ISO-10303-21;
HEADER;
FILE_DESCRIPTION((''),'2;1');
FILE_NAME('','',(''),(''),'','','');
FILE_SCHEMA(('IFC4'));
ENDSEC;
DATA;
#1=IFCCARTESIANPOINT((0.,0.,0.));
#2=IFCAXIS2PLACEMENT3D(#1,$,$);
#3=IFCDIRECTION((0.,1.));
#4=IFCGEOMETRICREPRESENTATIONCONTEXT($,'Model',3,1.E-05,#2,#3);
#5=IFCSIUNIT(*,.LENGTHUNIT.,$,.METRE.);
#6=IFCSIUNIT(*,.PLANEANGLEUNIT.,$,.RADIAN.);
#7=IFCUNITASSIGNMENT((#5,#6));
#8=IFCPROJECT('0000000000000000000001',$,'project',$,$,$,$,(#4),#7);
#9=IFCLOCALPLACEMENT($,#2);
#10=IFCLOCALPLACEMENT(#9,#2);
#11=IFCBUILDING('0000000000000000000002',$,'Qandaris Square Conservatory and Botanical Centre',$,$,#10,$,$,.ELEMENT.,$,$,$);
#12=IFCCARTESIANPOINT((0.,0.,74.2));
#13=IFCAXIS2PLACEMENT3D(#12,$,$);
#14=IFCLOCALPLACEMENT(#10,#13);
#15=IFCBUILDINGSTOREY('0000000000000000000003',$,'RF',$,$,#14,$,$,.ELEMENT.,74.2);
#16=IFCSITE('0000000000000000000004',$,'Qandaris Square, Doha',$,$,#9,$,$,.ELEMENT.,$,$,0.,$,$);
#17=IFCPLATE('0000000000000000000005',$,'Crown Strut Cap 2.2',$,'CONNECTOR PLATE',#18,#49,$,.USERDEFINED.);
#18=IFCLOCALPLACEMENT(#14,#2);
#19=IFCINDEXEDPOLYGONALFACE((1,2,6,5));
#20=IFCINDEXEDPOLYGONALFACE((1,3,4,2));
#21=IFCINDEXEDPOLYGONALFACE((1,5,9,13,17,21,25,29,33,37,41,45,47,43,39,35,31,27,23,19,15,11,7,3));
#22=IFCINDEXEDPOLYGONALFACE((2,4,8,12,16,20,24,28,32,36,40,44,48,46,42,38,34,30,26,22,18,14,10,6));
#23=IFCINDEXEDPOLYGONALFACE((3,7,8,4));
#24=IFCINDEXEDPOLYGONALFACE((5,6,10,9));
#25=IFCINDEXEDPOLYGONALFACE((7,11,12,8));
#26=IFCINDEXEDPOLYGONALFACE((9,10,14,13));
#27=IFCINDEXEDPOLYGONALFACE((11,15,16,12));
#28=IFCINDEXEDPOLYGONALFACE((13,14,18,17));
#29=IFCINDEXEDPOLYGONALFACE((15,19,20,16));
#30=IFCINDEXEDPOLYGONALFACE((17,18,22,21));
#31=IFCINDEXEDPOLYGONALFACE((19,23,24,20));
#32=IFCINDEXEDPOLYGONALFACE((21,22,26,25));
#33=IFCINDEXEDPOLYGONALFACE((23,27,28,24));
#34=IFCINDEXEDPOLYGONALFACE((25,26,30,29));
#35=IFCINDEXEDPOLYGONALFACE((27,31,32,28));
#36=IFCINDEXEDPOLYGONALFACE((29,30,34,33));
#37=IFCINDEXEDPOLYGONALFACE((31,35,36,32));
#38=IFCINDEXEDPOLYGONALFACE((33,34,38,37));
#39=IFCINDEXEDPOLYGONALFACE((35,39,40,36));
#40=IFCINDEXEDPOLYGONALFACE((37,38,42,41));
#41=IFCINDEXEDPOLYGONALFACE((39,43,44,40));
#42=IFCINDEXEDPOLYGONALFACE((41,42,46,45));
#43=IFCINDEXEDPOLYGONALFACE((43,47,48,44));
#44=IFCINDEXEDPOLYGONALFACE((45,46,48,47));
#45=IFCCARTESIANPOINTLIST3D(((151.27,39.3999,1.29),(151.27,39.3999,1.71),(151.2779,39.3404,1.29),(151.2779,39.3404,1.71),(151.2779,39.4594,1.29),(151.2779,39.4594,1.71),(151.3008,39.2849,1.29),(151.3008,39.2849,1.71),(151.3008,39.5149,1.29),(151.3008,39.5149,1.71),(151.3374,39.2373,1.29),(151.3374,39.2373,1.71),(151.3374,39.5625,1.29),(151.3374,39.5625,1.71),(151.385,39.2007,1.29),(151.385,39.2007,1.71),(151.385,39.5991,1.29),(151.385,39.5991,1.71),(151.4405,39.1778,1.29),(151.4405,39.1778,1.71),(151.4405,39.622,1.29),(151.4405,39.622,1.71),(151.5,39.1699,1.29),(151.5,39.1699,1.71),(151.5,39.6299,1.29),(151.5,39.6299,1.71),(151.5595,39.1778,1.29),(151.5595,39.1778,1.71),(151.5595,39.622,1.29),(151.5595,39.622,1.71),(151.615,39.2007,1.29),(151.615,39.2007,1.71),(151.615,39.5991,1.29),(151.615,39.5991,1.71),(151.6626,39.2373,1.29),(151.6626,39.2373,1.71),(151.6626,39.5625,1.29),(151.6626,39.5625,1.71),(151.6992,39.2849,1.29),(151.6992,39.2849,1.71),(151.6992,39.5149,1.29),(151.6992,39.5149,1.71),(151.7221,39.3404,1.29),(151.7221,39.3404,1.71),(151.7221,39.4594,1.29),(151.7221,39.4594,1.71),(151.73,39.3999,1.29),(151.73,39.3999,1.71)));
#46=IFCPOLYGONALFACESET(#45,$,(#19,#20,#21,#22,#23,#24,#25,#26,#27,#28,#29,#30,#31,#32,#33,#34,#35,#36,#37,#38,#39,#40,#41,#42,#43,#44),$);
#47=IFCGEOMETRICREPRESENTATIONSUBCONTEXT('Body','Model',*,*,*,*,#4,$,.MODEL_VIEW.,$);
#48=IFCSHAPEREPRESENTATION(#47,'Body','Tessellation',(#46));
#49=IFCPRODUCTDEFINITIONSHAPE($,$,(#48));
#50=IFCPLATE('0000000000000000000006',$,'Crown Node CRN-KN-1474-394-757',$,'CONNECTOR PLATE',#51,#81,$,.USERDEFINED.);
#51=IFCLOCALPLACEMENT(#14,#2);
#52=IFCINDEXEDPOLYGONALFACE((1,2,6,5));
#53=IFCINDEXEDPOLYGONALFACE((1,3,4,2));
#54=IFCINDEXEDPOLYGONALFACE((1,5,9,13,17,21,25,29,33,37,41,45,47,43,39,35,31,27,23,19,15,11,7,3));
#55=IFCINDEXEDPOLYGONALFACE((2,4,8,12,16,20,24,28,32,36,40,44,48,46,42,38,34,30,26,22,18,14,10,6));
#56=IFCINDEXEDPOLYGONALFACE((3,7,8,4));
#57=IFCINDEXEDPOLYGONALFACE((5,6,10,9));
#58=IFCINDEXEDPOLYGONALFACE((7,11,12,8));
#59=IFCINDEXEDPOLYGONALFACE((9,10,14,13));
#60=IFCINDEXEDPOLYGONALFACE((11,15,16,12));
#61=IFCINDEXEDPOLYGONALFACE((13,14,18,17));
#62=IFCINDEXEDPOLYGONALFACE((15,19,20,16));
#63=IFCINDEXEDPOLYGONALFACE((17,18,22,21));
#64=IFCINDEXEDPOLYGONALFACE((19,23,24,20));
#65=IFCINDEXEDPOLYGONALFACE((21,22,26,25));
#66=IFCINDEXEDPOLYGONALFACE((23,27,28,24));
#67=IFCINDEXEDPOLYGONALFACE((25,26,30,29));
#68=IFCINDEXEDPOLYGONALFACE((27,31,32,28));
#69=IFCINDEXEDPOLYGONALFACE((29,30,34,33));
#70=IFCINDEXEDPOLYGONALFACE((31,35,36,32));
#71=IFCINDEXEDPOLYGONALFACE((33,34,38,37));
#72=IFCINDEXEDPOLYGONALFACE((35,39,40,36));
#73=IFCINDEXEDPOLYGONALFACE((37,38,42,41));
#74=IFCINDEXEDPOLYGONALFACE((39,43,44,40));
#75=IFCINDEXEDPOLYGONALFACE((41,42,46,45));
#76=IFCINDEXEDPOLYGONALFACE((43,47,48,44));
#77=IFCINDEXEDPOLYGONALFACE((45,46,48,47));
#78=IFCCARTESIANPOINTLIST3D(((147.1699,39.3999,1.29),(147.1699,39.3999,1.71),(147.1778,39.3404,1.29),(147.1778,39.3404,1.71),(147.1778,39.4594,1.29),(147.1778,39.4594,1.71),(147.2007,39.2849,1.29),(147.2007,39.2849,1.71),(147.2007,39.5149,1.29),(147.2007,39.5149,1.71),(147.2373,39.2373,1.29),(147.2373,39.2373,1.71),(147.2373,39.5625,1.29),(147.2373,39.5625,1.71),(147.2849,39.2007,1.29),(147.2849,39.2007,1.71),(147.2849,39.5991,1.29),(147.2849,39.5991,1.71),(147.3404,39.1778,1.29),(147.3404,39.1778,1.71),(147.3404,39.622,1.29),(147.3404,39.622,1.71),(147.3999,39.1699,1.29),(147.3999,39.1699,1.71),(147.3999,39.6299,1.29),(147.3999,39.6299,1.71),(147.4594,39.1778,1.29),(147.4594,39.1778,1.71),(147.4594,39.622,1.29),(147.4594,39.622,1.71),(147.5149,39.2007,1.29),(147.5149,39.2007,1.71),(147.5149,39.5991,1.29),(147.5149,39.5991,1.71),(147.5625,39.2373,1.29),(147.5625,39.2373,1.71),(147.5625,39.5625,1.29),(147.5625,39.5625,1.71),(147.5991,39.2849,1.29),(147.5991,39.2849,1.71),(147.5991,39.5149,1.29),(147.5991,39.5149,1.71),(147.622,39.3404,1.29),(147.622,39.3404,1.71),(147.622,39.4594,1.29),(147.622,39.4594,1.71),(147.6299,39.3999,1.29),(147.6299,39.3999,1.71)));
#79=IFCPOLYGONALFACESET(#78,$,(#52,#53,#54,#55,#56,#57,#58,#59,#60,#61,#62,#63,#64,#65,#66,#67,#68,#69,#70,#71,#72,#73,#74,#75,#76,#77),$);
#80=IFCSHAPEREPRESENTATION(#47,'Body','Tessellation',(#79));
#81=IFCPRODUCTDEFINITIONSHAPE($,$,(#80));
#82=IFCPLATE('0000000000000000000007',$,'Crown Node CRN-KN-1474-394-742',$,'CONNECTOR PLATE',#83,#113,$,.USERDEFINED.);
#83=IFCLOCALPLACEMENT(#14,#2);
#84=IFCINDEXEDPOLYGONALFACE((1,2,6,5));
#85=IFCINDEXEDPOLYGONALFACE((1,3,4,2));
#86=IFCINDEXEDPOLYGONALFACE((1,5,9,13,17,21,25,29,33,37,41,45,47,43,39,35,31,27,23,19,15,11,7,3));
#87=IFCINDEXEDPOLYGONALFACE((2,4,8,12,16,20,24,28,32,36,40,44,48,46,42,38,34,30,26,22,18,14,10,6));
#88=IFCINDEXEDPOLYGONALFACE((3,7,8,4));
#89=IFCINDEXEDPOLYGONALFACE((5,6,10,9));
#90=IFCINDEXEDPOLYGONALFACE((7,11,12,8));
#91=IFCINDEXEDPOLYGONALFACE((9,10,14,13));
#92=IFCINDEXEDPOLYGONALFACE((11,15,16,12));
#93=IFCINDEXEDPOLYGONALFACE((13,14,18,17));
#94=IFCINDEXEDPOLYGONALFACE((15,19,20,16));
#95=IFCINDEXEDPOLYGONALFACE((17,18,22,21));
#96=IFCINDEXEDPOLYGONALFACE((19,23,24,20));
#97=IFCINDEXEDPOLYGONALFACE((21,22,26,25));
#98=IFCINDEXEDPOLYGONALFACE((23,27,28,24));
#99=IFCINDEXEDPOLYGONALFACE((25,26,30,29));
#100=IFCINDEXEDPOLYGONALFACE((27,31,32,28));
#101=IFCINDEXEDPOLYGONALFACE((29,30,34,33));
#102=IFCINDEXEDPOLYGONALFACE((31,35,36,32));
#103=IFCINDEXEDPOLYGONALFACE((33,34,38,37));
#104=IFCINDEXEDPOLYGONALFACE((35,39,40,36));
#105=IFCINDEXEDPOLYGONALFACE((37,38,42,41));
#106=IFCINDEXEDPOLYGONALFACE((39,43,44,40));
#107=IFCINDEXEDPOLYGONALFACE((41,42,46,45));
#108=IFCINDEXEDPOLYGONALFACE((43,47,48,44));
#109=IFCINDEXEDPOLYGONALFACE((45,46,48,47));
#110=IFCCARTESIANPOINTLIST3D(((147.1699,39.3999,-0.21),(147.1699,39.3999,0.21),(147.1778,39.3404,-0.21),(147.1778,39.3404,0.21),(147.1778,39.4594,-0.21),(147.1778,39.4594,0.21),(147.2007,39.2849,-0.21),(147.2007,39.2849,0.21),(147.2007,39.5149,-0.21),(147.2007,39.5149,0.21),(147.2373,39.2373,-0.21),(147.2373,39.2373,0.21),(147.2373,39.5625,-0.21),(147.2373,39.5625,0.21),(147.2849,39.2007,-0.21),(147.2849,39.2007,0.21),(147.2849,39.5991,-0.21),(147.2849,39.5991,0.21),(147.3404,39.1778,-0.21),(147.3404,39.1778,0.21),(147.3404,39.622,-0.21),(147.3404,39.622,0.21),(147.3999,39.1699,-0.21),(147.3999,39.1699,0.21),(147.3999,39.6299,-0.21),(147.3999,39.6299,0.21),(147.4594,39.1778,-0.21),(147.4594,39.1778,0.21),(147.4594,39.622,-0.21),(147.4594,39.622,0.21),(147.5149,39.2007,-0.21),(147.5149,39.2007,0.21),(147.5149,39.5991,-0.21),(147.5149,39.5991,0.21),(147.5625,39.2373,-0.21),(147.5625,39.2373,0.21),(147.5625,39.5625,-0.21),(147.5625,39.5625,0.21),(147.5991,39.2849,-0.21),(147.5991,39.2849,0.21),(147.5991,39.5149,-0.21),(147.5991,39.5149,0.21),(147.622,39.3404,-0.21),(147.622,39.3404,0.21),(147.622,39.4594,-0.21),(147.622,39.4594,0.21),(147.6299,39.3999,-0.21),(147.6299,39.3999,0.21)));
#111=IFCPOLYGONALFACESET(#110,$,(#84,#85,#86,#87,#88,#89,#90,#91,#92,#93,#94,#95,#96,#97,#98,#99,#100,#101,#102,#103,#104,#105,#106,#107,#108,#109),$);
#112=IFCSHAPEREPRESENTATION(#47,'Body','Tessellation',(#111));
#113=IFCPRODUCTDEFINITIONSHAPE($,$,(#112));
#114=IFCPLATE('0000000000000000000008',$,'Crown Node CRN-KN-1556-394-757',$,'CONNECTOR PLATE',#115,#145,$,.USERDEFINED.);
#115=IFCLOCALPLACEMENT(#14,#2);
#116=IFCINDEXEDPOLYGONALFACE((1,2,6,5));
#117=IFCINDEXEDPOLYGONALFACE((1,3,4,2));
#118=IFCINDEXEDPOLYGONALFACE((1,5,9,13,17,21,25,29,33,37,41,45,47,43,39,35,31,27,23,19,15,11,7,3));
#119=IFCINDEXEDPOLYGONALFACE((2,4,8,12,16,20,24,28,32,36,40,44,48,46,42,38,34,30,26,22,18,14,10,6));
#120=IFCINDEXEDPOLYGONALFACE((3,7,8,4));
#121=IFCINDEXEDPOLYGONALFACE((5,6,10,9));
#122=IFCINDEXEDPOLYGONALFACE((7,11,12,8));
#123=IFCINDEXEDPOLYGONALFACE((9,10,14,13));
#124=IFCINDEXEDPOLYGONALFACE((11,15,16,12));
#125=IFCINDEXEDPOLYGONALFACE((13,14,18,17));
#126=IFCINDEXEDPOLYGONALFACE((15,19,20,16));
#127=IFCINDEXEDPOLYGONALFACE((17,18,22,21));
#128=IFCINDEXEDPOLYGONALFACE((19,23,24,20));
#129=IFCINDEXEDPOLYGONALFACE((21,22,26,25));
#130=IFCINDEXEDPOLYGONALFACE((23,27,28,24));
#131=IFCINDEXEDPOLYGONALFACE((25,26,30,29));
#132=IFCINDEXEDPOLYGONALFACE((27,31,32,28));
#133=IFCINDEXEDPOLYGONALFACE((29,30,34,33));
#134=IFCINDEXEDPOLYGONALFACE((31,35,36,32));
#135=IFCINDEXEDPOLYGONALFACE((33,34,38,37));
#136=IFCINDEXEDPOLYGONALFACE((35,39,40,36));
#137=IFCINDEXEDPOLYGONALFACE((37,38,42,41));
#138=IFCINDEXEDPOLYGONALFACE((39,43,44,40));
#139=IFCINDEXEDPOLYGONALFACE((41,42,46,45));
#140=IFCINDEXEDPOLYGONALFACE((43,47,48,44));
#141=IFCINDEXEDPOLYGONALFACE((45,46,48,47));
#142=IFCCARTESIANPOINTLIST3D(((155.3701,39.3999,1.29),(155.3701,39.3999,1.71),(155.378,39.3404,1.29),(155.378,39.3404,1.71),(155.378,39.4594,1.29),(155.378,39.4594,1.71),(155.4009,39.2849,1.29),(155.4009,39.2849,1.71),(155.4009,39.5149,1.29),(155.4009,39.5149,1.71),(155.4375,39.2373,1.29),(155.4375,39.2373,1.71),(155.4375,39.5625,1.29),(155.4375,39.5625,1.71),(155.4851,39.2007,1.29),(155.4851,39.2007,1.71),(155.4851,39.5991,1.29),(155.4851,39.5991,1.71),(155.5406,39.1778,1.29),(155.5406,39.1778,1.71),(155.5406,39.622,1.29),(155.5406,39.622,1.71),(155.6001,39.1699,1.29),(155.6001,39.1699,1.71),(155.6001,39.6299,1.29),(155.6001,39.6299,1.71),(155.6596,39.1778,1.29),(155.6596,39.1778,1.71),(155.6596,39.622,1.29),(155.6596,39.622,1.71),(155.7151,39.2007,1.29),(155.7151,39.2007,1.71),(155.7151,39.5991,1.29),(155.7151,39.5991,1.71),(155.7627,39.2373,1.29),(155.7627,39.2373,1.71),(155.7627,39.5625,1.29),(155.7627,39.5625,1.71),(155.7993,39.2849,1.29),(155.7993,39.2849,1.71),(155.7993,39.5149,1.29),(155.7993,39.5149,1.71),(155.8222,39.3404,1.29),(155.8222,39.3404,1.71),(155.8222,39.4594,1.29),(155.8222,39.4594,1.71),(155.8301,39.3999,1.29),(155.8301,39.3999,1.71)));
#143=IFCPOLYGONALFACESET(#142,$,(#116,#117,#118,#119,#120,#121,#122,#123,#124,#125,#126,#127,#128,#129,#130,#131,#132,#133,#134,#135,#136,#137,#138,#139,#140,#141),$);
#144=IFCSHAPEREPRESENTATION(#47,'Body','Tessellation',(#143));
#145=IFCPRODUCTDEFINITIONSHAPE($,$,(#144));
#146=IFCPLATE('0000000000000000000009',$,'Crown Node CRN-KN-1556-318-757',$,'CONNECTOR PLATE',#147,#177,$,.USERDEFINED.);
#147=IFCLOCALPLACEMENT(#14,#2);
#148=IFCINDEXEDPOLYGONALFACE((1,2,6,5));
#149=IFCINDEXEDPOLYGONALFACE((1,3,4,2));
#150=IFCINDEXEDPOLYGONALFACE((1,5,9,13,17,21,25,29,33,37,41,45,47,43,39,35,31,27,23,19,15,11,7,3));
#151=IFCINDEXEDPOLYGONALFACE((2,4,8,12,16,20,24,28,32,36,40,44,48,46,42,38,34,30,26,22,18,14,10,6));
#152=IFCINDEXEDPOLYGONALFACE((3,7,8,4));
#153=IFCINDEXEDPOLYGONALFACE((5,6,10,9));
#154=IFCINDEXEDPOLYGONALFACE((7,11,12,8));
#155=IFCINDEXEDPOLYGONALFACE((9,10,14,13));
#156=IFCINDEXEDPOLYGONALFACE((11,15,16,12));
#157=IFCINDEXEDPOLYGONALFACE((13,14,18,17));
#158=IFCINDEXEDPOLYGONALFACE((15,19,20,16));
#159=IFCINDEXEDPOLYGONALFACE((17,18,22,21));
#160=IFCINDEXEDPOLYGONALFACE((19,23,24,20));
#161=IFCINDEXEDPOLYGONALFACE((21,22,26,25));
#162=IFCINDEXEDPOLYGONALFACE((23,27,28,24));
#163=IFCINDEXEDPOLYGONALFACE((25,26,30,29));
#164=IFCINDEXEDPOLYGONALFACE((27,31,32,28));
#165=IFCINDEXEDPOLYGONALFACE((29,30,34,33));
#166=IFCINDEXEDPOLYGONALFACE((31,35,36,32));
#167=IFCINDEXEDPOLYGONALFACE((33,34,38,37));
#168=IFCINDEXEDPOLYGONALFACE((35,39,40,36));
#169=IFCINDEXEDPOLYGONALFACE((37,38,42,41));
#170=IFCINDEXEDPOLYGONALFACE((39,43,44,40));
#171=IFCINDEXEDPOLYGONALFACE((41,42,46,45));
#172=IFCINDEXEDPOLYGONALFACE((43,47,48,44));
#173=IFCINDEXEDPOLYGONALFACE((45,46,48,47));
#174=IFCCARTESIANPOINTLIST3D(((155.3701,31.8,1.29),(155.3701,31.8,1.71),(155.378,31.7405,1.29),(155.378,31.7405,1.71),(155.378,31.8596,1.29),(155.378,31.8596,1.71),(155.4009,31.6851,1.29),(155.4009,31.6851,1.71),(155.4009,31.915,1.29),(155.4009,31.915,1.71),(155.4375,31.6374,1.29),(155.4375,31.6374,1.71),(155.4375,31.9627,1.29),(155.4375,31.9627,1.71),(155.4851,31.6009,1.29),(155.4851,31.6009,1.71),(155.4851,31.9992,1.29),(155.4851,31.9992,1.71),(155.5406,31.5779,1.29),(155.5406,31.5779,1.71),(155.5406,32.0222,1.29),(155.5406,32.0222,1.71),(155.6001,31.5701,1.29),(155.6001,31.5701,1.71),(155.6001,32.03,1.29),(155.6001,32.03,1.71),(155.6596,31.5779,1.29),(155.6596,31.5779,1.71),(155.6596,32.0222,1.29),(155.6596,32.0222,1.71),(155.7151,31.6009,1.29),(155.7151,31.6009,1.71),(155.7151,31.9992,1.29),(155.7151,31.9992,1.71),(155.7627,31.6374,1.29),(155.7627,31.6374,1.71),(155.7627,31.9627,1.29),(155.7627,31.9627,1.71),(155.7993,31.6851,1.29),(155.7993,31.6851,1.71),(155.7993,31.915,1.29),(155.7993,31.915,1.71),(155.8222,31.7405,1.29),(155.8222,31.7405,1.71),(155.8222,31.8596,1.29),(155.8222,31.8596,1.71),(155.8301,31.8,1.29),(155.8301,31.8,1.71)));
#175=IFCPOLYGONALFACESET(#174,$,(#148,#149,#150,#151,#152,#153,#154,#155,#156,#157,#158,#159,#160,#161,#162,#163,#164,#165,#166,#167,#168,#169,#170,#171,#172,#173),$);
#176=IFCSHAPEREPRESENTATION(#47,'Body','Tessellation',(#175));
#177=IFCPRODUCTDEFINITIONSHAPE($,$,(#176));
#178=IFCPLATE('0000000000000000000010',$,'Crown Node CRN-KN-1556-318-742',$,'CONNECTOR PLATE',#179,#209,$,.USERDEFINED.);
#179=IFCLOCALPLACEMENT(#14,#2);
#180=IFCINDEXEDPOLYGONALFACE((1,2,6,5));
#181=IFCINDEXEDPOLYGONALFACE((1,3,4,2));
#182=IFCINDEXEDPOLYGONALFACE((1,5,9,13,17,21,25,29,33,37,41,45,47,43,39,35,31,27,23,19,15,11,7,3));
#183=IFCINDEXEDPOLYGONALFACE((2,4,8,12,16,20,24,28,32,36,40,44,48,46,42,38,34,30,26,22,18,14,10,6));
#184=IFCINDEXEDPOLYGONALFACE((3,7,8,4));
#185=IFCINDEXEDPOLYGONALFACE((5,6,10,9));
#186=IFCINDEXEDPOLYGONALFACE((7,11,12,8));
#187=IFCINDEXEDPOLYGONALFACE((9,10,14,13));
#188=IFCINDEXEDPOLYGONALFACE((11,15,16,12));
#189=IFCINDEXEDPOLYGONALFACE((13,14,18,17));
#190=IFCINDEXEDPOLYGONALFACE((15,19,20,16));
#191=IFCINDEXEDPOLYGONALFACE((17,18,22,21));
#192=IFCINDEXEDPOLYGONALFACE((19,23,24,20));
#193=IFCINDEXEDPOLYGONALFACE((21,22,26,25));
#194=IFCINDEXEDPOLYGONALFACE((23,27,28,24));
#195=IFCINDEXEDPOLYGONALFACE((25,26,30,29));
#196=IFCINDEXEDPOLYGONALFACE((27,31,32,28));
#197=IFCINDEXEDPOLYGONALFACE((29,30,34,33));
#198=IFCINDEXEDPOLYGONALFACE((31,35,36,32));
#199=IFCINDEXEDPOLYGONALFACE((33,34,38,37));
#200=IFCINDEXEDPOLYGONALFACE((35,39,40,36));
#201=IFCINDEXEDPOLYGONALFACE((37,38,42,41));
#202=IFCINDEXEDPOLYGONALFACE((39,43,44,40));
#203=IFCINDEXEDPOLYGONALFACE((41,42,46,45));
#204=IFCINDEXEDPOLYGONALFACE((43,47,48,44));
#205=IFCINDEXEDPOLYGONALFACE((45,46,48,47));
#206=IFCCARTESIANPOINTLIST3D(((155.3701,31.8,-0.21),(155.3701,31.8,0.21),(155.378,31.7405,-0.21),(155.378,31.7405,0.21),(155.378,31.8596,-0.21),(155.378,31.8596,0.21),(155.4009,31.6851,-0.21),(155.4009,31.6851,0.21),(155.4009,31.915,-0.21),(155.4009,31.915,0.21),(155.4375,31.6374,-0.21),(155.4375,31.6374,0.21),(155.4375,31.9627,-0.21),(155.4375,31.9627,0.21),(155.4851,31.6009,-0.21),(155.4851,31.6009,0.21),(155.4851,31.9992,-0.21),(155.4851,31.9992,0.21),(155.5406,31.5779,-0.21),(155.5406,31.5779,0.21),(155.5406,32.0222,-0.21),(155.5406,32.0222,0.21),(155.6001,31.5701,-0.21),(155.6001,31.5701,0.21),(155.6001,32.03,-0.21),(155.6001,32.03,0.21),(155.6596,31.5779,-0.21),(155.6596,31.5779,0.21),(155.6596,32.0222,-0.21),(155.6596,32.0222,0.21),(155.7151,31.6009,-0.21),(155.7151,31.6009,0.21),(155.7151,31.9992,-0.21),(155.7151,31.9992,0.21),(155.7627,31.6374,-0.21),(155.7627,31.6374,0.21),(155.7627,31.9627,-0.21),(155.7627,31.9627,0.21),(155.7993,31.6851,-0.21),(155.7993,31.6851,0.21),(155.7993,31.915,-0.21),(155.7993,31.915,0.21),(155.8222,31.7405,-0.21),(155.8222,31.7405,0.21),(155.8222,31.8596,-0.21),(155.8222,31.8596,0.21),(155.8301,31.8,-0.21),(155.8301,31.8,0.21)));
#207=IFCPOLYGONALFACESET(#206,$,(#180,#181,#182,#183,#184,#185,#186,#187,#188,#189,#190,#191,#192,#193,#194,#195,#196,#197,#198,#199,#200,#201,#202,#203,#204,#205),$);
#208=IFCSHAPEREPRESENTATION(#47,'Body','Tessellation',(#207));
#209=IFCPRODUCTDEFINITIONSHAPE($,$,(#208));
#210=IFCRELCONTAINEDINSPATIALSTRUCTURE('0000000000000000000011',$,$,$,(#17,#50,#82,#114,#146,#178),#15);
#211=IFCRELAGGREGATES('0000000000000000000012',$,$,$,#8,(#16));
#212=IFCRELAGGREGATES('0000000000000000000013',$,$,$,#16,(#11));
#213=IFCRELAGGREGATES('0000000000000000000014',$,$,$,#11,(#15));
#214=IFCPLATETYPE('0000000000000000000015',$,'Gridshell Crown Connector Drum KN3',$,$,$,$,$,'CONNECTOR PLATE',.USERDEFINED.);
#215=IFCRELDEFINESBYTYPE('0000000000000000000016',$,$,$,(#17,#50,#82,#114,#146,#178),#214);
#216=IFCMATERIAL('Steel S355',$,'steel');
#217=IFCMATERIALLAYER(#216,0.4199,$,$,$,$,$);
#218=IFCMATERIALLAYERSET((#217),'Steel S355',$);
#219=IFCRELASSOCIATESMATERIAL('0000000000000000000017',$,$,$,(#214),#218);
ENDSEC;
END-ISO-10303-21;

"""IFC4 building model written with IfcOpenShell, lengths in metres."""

from ifc_helpers import new_model, si_unit, direction, frame, origin, origin_2d, place, context, subcontext, project, spatial, circle, extrude, material, layer, layer_set, type_object, element, save


model = new_model("IFC4")

# Units and contexts
model_context = context("Model", 3, precision=1e-05, world=origin(), true_north=direction((0.0, 1.0)))
body_context = subcontext(model_context, "Body", "Model", "MODEL_VIEW")
ifc_project = project(units=[si_unit("LENGTHUNIT", "METRE"), si_unit("PLANEANGLEUNIT", "RADIAN")], contexts=[model_context])

# Site, building, storey
site_placement = place(None, origin())
site = spatial("IfcSite", under=ifc_project, at=site_placement, Name="Qandaris Square, Doha", CompositionType="ELEMENT", RefElevation=0.0)
building_placement = place(site_placement, origin())
building = spatial("IfcBuilding", under=site, at=building_placement, Name="Qandaris Square Conservatory and Botanical Centre", CompositionType="ELEMENT")
storey_placement = place(building_placement, frame((0.0, 0.0, 74.2)))
storey = spatial("IfcBuildingStorey", under=building, at=storey_placement, Name="RF", CompositionType="ELEMENT", Elevation=74.2)

# Shared definitions
ifc_material_1 = material(Name="Steel S355", Category="steel")

# Plates
ifc_layer_1 = layer(ifc_material_1, 0.4199)
ifc_layer_set_1 = layer_set([ifc_layer_1], Name="Steel S355")
plate_type_1 = type_object("IfcPlateType", Name="Gridshell Crown Connector Drum KN3", ElementType="CONNECTOR PLATE", PredefinedType="USERDEFINED", material=ifc_layer_set_1)
for number, where, z_axis, x_axis, name in (
    (1, (151.5, 39.3999, 1.29), (0.0, 0.0, 1.0), (1.0, 0.0, 0.0), "Crown Strut Cap 2.2"),
    (2, (147.3999, 39.3999, 1.29), (0.0, 0.0, 1.0), (1.0, 0.0, 0.0), "Crown Node CRN-KN-1474-394-757"),
    (3, (147.3999, 39.3999, -0.21), (0.0, 0.0, 1.0), (1.0, 0.0, 0.0), "Crown Node CRN-KN-1474-394-742"),
    (4, (155.6001, 39.3999, 1.29), (0.0, 0.0, 1.0), (1.0, 0.0, 0.0), "Crown Node CRN-KN-1556-394-757"),
    (5, (155.6001, 31.8, 1.29), (0.0, 0.0, 1.0), (1.0, 0.0, 0.0), "Crown Node CRN-KN-1556-318-757"),
    (6, (155.6001, 31.8, -0.21), (0.0, 0.0, 1.0), (1.0, 0.0, 0.0), "Crown Node CRN-KN-1556-318-742"),
):
    element("IfcPlate", number, at=place(storey_placement, frame(where, z_axis=z_axis, x_axis=x_axis)), inside=storey, type_object=plate_type_1, Name=name, ObjectType="CONNECTOR PLATE", PredefinedType="USERDEFINED", context=body_context, shape_type="SweptSolid", body=[
        extrude(circle(Radius=0.23, at=origin_2d()), origin(), (0.0, 0.0, 1.0), 0.4199),
    ])

save(model, "model.ifc")
